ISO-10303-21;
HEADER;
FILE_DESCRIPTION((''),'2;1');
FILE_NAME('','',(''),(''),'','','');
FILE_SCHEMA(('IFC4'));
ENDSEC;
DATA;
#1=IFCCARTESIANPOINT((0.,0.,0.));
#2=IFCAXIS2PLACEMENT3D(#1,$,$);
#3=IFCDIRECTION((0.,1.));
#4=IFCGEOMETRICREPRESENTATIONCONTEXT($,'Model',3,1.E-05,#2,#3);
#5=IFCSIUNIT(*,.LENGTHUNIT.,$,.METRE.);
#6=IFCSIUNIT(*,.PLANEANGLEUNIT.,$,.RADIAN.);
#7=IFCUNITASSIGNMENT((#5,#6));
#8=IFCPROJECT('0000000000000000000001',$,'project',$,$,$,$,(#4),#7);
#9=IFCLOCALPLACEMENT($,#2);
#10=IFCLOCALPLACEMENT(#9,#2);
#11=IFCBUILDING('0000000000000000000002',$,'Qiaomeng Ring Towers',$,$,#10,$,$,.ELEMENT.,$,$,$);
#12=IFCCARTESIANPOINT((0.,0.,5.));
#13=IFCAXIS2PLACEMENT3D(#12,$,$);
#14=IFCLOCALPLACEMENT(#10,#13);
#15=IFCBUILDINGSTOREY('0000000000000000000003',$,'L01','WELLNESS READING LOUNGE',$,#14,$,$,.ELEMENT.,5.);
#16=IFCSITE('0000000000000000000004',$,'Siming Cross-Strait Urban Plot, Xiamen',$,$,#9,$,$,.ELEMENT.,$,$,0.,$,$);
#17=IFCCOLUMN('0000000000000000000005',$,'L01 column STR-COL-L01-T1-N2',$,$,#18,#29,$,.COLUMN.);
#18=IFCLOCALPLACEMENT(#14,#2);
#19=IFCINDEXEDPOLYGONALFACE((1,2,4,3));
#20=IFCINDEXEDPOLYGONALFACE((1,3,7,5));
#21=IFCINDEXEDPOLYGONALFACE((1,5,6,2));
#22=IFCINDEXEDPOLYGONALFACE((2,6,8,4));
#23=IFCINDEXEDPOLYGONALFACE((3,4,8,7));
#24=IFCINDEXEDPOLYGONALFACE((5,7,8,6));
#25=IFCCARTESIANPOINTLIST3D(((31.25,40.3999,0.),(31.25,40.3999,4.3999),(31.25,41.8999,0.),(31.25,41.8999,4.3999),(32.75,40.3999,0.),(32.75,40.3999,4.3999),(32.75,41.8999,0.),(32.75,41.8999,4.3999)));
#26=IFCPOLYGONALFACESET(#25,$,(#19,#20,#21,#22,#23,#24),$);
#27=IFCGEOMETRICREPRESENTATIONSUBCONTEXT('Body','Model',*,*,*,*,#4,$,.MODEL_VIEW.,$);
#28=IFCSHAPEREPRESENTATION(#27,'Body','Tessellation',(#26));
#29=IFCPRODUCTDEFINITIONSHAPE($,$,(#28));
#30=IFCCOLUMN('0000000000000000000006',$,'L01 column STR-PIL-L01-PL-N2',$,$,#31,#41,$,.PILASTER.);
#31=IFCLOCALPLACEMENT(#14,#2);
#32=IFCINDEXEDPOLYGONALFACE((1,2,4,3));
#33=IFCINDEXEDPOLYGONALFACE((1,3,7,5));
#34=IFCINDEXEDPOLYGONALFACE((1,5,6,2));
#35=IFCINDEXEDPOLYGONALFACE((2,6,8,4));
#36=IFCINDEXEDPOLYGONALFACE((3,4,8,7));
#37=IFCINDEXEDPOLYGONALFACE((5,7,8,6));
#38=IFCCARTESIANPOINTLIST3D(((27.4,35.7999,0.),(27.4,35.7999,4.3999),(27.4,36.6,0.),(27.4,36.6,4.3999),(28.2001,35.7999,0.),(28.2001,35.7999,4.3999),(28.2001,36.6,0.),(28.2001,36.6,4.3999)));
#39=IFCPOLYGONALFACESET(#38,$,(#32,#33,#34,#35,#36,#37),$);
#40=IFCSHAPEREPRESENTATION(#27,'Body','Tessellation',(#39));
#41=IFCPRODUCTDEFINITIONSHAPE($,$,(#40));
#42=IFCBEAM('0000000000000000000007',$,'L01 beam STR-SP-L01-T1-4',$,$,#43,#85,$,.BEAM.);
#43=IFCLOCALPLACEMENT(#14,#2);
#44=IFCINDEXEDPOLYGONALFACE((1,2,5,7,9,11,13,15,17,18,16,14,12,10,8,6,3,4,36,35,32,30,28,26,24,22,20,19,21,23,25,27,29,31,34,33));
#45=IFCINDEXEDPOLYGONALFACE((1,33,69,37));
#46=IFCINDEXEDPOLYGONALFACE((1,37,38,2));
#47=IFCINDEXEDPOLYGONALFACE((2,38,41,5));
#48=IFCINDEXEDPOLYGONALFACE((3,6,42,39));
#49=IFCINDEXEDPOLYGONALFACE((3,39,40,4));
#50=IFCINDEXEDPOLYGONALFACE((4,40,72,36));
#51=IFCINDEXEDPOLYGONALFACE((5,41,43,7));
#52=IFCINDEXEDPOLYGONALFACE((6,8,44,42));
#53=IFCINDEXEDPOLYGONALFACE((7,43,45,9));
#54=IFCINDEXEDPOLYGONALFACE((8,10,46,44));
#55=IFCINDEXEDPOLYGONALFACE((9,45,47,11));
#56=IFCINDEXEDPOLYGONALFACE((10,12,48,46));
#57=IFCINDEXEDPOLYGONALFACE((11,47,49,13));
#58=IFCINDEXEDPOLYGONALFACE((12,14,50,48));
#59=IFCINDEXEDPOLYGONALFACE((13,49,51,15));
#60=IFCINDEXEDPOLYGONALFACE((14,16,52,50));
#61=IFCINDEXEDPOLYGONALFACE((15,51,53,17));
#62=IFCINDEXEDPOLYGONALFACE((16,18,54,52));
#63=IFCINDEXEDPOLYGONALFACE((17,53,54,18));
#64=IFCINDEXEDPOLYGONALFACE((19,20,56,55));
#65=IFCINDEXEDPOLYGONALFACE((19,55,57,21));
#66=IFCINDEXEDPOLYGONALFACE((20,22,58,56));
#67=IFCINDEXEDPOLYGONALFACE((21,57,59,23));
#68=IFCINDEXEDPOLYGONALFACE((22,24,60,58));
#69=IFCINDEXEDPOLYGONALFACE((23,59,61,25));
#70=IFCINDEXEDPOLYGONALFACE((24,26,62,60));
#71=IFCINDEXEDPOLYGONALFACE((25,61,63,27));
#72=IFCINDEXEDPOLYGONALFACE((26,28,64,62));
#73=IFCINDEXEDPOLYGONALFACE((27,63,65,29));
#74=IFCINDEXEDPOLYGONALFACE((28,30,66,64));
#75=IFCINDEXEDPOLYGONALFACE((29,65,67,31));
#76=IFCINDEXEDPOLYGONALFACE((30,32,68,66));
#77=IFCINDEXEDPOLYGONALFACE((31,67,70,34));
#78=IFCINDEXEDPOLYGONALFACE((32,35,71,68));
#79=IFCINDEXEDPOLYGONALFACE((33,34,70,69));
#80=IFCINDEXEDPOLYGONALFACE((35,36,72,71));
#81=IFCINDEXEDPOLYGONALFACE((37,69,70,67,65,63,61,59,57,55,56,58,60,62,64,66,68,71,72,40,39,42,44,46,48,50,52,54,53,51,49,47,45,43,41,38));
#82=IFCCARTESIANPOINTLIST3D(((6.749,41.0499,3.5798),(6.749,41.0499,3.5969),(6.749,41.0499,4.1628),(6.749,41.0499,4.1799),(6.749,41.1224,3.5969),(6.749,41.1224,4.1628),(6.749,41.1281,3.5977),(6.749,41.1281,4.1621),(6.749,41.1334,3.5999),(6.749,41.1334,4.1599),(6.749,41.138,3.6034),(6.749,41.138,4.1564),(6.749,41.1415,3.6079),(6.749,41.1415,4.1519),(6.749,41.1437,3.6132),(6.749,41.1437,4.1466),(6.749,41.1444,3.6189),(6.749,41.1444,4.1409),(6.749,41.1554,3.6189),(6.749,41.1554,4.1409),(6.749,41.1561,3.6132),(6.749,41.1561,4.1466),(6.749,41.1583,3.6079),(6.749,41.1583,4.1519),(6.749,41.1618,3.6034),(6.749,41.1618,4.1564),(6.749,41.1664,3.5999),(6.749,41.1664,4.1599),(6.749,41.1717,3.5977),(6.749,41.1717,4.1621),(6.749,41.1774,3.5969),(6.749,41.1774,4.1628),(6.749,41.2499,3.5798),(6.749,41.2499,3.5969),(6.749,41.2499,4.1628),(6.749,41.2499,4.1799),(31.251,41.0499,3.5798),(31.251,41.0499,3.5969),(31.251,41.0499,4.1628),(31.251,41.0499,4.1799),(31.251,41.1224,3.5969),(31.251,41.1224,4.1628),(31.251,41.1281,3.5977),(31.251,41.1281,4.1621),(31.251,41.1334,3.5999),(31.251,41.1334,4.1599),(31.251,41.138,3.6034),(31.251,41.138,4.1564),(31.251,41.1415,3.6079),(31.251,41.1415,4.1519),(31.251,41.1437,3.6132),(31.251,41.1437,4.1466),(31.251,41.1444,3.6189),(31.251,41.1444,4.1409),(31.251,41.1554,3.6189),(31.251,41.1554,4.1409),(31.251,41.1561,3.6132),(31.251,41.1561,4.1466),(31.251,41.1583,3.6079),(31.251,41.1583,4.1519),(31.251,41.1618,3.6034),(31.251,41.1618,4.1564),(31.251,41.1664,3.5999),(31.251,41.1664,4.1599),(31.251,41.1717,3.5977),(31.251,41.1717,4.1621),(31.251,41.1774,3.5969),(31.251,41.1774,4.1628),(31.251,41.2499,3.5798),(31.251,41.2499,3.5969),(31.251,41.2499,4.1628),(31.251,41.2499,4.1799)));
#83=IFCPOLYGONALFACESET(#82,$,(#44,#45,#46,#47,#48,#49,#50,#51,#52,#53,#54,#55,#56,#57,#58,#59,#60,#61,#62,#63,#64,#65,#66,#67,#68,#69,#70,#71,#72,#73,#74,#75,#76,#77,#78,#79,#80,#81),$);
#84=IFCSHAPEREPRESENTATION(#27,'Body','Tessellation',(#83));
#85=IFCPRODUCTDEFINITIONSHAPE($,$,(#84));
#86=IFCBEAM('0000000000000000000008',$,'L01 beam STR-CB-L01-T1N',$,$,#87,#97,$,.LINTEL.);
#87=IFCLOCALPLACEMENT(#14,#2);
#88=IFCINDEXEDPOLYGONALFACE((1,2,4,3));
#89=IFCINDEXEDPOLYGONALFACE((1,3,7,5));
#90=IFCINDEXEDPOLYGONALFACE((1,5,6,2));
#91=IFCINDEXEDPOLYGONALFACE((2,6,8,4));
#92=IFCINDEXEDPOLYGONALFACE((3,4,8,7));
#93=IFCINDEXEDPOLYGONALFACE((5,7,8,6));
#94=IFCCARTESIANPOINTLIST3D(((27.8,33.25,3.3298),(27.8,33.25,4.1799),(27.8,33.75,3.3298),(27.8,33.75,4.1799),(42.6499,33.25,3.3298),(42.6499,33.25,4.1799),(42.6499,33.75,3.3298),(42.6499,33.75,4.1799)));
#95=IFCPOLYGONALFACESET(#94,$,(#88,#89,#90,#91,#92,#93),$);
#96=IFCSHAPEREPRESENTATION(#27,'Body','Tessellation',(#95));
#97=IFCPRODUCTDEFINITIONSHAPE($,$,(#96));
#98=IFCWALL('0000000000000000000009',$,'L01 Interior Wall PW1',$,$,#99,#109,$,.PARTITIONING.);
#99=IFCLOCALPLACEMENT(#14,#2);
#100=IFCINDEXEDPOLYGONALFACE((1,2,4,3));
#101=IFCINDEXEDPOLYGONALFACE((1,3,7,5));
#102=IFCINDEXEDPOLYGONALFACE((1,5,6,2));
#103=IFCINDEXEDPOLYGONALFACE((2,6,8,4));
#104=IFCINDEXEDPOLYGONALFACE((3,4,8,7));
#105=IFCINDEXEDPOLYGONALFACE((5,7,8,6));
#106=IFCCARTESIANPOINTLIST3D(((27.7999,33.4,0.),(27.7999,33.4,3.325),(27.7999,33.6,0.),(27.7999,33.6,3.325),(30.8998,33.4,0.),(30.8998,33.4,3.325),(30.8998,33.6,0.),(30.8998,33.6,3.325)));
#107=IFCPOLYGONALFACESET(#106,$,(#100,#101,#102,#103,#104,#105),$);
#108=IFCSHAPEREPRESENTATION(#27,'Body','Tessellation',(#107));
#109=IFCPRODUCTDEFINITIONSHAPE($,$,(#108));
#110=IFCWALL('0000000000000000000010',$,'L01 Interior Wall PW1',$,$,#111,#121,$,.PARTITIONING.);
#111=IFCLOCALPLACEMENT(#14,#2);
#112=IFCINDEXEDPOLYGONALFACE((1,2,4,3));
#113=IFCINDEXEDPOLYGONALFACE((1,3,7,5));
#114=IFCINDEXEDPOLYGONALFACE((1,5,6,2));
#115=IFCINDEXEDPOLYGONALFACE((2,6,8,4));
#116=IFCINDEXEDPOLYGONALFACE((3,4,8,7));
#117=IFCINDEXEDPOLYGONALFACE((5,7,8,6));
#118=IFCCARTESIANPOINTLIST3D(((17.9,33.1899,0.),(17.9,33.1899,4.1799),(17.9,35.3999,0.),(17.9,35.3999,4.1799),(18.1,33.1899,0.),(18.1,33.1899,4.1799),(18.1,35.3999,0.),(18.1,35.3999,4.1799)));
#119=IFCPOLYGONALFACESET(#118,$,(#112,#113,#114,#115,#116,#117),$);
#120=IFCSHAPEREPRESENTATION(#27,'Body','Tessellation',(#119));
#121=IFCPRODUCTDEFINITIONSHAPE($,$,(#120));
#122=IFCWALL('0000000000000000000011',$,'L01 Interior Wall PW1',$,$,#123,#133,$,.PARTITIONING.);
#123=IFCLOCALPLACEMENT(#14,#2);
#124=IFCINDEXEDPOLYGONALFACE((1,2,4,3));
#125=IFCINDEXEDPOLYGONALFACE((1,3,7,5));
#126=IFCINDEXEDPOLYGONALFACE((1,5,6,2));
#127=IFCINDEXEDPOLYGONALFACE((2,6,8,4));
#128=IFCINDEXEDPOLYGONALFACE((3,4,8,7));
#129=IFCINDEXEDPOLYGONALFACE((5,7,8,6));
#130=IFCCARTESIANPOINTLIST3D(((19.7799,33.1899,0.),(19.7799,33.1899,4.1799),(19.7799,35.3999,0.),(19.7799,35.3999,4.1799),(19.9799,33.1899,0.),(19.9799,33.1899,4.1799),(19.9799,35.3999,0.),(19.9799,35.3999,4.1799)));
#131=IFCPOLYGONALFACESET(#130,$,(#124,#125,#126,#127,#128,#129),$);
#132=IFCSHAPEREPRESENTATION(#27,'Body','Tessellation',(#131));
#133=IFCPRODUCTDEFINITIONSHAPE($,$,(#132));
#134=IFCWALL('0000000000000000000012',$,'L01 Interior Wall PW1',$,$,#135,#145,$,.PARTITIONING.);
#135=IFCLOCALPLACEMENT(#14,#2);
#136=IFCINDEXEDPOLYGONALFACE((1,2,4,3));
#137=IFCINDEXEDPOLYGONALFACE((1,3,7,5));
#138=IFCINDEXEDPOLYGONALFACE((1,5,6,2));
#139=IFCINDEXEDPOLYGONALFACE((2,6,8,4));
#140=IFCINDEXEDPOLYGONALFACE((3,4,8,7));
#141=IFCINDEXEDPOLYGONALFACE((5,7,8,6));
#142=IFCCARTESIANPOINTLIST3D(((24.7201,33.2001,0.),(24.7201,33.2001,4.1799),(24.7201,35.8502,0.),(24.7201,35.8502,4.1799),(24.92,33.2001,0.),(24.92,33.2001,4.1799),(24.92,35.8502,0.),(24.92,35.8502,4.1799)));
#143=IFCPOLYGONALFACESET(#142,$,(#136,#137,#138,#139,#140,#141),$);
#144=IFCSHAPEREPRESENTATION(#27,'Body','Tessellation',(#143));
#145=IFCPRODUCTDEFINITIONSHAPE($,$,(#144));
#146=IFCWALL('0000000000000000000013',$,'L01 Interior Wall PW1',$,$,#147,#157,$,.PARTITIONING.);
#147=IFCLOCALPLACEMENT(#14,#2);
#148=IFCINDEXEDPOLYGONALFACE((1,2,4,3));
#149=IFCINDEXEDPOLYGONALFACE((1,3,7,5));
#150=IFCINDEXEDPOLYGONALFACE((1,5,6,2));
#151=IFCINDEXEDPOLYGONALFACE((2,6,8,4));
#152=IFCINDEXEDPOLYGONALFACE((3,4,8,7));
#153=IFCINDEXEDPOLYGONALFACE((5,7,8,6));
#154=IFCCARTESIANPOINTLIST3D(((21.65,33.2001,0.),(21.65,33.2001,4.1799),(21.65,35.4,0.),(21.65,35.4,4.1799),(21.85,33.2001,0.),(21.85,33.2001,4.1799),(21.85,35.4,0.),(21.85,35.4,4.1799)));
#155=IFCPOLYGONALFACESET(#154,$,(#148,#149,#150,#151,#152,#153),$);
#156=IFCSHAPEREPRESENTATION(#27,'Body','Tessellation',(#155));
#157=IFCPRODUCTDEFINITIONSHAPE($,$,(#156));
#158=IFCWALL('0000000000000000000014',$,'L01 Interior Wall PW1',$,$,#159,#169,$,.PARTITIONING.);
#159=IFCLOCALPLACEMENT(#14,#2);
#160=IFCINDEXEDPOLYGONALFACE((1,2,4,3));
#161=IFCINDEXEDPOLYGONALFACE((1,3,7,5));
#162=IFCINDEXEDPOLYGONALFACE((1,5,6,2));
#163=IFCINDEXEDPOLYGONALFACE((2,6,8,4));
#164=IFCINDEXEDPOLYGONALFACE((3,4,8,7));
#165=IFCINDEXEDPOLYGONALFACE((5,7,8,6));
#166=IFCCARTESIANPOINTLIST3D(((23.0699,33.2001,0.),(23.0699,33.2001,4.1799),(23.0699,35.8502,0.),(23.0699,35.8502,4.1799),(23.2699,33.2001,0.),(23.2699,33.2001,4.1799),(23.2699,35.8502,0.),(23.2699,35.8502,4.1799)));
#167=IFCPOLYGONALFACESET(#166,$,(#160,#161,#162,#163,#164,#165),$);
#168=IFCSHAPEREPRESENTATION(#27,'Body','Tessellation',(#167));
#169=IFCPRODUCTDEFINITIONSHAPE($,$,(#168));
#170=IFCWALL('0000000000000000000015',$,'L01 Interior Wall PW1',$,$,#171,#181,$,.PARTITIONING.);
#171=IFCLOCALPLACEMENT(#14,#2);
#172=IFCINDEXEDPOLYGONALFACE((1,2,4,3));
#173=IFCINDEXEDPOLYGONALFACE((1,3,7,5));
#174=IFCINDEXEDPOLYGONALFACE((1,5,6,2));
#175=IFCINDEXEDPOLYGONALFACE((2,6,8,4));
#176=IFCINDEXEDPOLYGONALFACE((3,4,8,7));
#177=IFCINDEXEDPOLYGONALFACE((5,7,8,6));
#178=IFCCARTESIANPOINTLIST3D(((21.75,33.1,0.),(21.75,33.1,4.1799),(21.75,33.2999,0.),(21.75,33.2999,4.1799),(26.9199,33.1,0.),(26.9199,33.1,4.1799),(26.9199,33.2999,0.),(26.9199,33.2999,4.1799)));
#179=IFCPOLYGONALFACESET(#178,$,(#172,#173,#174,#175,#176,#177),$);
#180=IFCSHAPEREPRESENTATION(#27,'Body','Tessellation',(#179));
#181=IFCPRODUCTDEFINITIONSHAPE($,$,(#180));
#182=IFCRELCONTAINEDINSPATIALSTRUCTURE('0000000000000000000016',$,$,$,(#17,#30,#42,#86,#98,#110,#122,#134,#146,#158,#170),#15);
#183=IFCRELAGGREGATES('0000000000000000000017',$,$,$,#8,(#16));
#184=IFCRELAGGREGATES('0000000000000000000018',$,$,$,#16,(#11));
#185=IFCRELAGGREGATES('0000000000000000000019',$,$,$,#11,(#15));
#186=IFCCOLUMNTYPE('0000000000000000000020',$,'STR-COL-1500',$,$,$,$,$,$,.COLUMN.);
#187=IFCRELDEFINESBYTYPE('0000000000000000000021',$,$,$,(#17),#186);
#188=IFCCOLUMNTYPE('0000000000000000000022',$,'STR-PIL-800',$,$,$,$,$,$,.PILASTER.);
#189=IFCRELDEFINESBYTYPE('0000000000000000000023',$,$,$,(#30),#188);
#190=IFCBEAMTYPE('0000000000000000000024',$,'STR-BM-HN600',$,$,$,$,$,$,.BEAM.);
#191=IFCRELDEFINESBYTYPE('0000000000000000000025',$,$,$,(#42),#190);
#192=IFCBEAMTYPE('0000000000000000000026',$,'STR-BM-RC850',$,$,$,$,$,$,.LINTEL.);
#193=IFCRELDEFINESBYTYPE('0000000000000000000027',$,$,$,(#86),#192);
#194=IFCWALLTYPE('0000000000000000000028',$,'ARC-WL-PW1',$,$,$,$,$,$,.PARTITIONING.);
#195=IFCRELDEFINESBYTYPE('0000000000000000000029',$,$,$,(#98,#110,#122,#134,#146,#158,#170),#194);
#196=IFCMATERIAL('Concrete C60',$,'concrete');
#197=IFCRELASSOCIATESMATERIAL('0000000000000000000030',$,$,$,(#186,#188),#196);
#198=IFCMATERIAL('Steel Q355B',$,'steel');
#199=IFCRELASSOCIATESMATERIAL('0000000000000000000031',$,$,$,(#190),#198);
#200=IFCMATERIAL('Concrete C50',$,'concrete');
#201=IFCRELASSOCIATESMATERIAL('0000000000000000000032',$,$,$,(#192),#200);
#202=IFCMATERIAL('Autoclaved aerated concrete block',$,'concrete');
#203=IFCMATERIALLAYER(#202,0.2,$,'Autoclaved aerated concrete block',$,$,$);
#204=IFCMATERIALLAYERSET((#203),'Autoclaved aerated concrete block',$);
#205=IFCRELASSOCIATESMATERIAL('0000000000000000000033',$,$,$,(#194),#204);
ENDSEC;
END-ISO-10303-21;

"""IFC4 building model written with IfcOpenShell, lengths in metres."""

from ifc_helpers import new_model, si_unit, direction, frame, frame_2d, origin, origin_2d, place, context, subcontext, project, spatial, rectangle, i_section, extrude, source, transform, mapped, material, layer, layer_set, material_profile, profile_set, type_object, element, save


model = new_model("IFC4")

# Units and contexts
model_context = context("Model", 3, precision=1e-05, world=origin(), true_north=direction((0.0, 1.0)))
body_context = subcontext(model_context, "Body", "Model", "MODEL_VIEW")
ifc_project = project(units=[si_unit("LENGTHUNIT", "METRE"), si_unit("PLANEANGLEUNIT", "RADIAN")], contexts=[model_context])

# Site, building, storey
site_placement = place(None, origin())
site = spatial("IfcSite", under=ifc_project, at=site_placement, Name="Siming Cross-Strait Urban Plot, Xiamen", CompositionType="ELEMENT", RefElevation=0.0)
building_placement = place(site_placement, origin())
building = spatial("IfcBuilding", under=site, at=building_placement, Name="Qiaomeng Ring Towers", CompositionType="ELEMENT")
storey_placement = place(building_placement, frame((0.0, 0.0, 5.0)))
storey = spatial("IfcBuildingStorey", under=building, at=storey_placement, Name="L01", Description="WELLNESS READING LOUNGE", CompositionType="ELEMENT", Elevation=5.0)

# Columns
ifc_material_1 = material(Name="Concrete C60", Category="concrete")
ifc_material_profile_1 = material_profile(ifc_material_1, rectangle(XDim=1.5, YDim=1.5, at=origin_2d()), Name="RC COL 1500x1500")
ifc_profile_set_1 = profile_set([ifc_material_profile_1], Name="Concrete C60")
column_type_1 = type_object("IfcColumnType", Name="STR-COL-1500", PredefinedType="COLUMN", material=ifc_profile_set_1)
shared_shape_1 = source(origin(), body_context, "Body", "SweptSolid", [
    extrude(rectangle(XDim=1.5, YDim=1.5, at=origin_2d()), origin(), (0.0, 0.0, 1.0), 4.3999),
])
column_1_placement = place(storey_placement, frame((32.0, 41.1499, 0.0), z_axis=(0.0, 0.0, 1.0), x_axis=(1.0, 0.0, 0.0)))
element("IfcColumn", 1, at=column_1_placement, inside=storey, type_object=column_type_1, Name="L01 column STR-COL-L01-T1-N2", PredefinedType="COLUMN", context=body_context, shape_type="MappedRepresentation", body=[
    mapped(shared_shape_1, transform((0.0, 0.0, 0.0), x_axis=(1.0, 0.0, 0.0), y_axis=(0.0, 1.0, 0.0), z_axis=(0.0, 0.0, 1.0), scale=1.0)),
])
ifc_material_profile_2 = material_profile(ifc_material_1, rectangle(XDim=0.8, YDim=0.8, at=origin_2d()), Name="RC COL 800x800")
ifc_profile_set_2 = profile_set([ifc_material_profile_2], Name="Concrete C60")
column_type_2 = type_object("IfcColumnType", Name="STR-PIL-800", PredefinedType="PILASTER", material=ifc_profile_set_2)
shared_shape_2 = source(origin(), body_context, "Body", "SweptSolid", [
    extrude(rectangle(XDim=0.8, YDim=0.8, at=origin_2d()), origin(), (0.0, 0.0, 1.0), 4.3999),
])
column_2_placement = place(storey_placement, frame((27.8, 36.2, 0.0), z_axis=(0.0, 0.0, 1.0), x_axis=(1.0, 0.0, 0.0)))
element("IfcColumn", 2, at=column_2_placement, inside=storey, type_object=column_type_2, Name="L01 column STR-PIL-L01-PL-N2", PredefinedType="PILASTER", context=body_context, shape_type="MappedRepresentation", body=[
    mapped(shared_shape_2, transform((0.0, 0.0, 0.0), x_axis=(1.0, 0.0, 0.0), y_axis=(0.0, 1.0, 0.0), z_axis=(0.0, 0.0, 1.0), scale=1.0)),
])

# Beams
ifc_material_2 = material(Name="Steel Q355B", Category="steel")
ifc_material_profile_3 = material_profile(ifc_material_2, i_section(OverallWidth=0.2, OverallDepth=0.6001, WebThickness=0.011, FlangeThickness=0.0171, FilletRadius=0.022, at=origin_2d()), Name="HN 600x200x11x17")
ifc_profile_set_3 = profile_set([ifc_material_profile_3], Name="Steel Q355B")
beam_type_1 = type_object("IfcBeamType", Name="STR-BM-HN600", PredefinedType="BEAM", material=ifc_profile_set_3)
shared_shape_3 = source(origin(), body_context, "Body", "SweptSolid", [
    extrude(i_section(OverallWidth=0.2, OverallDepth=0.6001, WebThickness=0.011, FlangeThickness=0.0171, FilletRadius=0.022, at=origin_2d()), origin(), (0.0, 0.0, 1.0), 24.502),
])
beam_1_placement = place(storey_placement, frame((31.251, 41.1499, 3.8799), z_axis=(-1.0, 0.0, 0.0), x_axis=(0.0, -1.0, 0.0)))
element("IfcBeam", 3, at=beam_1_placement, inside=storey, type_object=beam_type_1, Name="L01 beam STR-SP-L01-T1-4", PredefinedType="BEAM", context=body_context, shape_type="MappedRepresentation", body=[
    mapped(shared_shape_3, transform((0.0, 0.0, 0.0), x_axis=(1.0, 0.0, 0.0), y_axis=(0.0, 1.0, 0.0), z_axis=(0.0, 0.0, 1.0), scale=1.0)),
])
ifc_material_3 = material(Name="Concrete C50", Category="concrete")
ifc_material_profile_4 = material_profile(ifc_material_3, rectangle(XDim=0.5, YDim=0.8501, at=origin_2d()), Name="RC BM 500x850")
ifc_profile_set_4 = profile_set([ifc_material_profile_4], Name="Concrete C50")
beam_type_2 = type_object("IfcBeamType", Name="STR-BM-RC850", PredefinedType="LINTEL", material=ifc_profile_set_4)
shared_shape_4 = source(origin(), body_context, "Body", "SweptSolid", [
    extrude(rectangle(XDim=0.5, YDim=0.8501, at=origin_2d()), origin(), (0.0, 0.0, 1.0), 14.8499),
])
beam_2_placement = place(storey_placement, frame((27.8, 33.5, 3.7549), z_axis=(1.0, 0.0, 0.0), x_axis=(0.0, 1.0, 0.0)))
element("IfcBeam", 4, at=beam_2_placement, inside=storey, type_object=beam_type_2, Name="L01 beam STR-CB-L01-T1N", PredefinedType="LINTEL", context=body_context, shape_type="MappedRepresentation", body=[
    mapped(shared_shape_4, transform((0.0, 0.0, 0.0), x_axis=(1.0, 0.0, 0.0), y_axis=(0.0, 1.0, 0.0), z_axis=(0.0, 0.0, 1.0), scale=1.0)),
])

# Walls
ifc_material_4 = material(Name="Autoclaved aerated concrete block", Category="concrete")
ifc_layer_1 = layer(ifc_material_4, 0.2, Name="Autoclaved aerated concrete block")
ifc_layer_set_1 = layer_set([ifc_layer_1], Name="Autoclaved aerated concrete block")
wall_type_1 = type_object("IfcWallType", Name="ARC-WL-PW1", PredefinedType="PARTITIONING", material=ifc_layer_set_1)
wall_1_placement = place(storey_placement, frame((27.8, 33.5, 0.0), z_axis=(0.0, 0.0, 1.0), x_axis=(1.0, 0.0, 0.0)))
element("IfcWall", 5, at=wall_1_placement, inside=storey, type_object=wall_type_1, Name="L01 Interior Wall PW1", PredefinedType="PARTITIONING", context=body_context, shape_type="SweptSolid", body=[
    extrude(rectangle(XDim=3.0999, YDim=0.2, at=frame_2d((1.5498, 0.0))), origin(), (0.0, 0.0, 1.0), 3.325),
])
for number, where, z_axis, x_axis, name in (
    (6, (18.0, 33.1899, 0.0), (0.0, 0.0, 1.0), (0.0, 1.0, 0.0), "L01 Interior Wall PW1"),
    (7, (19.8799, 33.1899, 0.0), (0.0, 0.0, 1.0), (0.0, 1.0, 0.0), "L01 Interior Wall PW1"),
):
    element("IfcWall", number, at=place(storey_placement, frame(where, z_axis=z_axis, x_axis=x_axis)), inside=storey, type_object=wall_type_1, Name=name, PredefinedType="PARTITIONING", context=body_context, shape_type="SweptSolid", body=[
        extrude(rectangle(XDim=2.21, YDim=0.2, at=frame_2d((1.105, 0.0))), origin(), (0.0, 0.0, 1.0), 4.1799),
    ])
wall_2_placement = place(storey_placement, frame((24.8201, 33.2, 0.0), z_axis=(0.0, 0.0, 1.0), x_axis=(0.0, 1.0, 0.0)))
element("IfcWall", 8, at=wall_2_placement, inside=storey, type_object=wall_type_1, Name="L01 Interior Wall PW1", PredefinedType="PARTITIONING", context=body_context, shape_type="SweptSolid", body=[
    extrude(rectangle(XDim=2.6501, YDim=0.2, at=frame_2d((1.3252, 0.0))), origin(), (0.0, 0.0, 1.0), 4.1799),
])
wall_3_placement = place(storey_placement, frame((21.75, 33.2, 0.0), z_axis=(0.0, 0.0, 1.0), x_axis=(0.0, 1.0, 0.0)))
element("IfcWall", 9, at=wall_3_placement, inside=storey, type_object=wall_type_1, Name="L01 Interior Wall PW1", PredefinedType="PARTITIONING", context=body_context, shape_type="SweptSolid", body=[
    extrude(rectangle(XDim=2.2, YDim=0.2, at=frame_2d((1.1001, 0.0))), origin(), (0.0, 0.0, 1.0), 4.1799),
])
wall_4_placement = place(storey_placement, frame((23.1699, 33.2, 0.0), z_axis=(0.0, 0.0, 1.0), x_axis=(0.0, 1.0, 0.0)))
element("IfcWall", 10, at=wall_4_placement, inside=storey, type_object=wall_type_1, Name="L01 Interior Wall PW1", PredefinedType="PARTITIONING", context=body_context, shape_type="SweptSolid", body=[
    extrude(rectangle(XDim=2.6501, YDim=0.2, at=frame_2d((1.3252, 0.0))), origin(), (0.0, 0.0, 1.0), 4.1799),
])
wall_5_placement = place(storey_placement, frame((21.75, 33.2, 0.0), z_axis=(0.0, 0.0, 1.0), x_axis=(1.0, 0.0, 0.0)))
element("IfcWall", 11, at=wall_5_placement, inside=storey, type_object=wall_type_1, Name="L01 Interior Wall PW1", PredefinedType="PARTITIONING", context=body_context, shape_type="SweptSolid", body=[
    extrude(rectangle(XDim=5.1699, YDim=0.2, at=frame_2d((2.585, 0.0))), origin(), (0.0, 0.0, 1.0), 4.1799),
])

save(model, "model.ifc")
